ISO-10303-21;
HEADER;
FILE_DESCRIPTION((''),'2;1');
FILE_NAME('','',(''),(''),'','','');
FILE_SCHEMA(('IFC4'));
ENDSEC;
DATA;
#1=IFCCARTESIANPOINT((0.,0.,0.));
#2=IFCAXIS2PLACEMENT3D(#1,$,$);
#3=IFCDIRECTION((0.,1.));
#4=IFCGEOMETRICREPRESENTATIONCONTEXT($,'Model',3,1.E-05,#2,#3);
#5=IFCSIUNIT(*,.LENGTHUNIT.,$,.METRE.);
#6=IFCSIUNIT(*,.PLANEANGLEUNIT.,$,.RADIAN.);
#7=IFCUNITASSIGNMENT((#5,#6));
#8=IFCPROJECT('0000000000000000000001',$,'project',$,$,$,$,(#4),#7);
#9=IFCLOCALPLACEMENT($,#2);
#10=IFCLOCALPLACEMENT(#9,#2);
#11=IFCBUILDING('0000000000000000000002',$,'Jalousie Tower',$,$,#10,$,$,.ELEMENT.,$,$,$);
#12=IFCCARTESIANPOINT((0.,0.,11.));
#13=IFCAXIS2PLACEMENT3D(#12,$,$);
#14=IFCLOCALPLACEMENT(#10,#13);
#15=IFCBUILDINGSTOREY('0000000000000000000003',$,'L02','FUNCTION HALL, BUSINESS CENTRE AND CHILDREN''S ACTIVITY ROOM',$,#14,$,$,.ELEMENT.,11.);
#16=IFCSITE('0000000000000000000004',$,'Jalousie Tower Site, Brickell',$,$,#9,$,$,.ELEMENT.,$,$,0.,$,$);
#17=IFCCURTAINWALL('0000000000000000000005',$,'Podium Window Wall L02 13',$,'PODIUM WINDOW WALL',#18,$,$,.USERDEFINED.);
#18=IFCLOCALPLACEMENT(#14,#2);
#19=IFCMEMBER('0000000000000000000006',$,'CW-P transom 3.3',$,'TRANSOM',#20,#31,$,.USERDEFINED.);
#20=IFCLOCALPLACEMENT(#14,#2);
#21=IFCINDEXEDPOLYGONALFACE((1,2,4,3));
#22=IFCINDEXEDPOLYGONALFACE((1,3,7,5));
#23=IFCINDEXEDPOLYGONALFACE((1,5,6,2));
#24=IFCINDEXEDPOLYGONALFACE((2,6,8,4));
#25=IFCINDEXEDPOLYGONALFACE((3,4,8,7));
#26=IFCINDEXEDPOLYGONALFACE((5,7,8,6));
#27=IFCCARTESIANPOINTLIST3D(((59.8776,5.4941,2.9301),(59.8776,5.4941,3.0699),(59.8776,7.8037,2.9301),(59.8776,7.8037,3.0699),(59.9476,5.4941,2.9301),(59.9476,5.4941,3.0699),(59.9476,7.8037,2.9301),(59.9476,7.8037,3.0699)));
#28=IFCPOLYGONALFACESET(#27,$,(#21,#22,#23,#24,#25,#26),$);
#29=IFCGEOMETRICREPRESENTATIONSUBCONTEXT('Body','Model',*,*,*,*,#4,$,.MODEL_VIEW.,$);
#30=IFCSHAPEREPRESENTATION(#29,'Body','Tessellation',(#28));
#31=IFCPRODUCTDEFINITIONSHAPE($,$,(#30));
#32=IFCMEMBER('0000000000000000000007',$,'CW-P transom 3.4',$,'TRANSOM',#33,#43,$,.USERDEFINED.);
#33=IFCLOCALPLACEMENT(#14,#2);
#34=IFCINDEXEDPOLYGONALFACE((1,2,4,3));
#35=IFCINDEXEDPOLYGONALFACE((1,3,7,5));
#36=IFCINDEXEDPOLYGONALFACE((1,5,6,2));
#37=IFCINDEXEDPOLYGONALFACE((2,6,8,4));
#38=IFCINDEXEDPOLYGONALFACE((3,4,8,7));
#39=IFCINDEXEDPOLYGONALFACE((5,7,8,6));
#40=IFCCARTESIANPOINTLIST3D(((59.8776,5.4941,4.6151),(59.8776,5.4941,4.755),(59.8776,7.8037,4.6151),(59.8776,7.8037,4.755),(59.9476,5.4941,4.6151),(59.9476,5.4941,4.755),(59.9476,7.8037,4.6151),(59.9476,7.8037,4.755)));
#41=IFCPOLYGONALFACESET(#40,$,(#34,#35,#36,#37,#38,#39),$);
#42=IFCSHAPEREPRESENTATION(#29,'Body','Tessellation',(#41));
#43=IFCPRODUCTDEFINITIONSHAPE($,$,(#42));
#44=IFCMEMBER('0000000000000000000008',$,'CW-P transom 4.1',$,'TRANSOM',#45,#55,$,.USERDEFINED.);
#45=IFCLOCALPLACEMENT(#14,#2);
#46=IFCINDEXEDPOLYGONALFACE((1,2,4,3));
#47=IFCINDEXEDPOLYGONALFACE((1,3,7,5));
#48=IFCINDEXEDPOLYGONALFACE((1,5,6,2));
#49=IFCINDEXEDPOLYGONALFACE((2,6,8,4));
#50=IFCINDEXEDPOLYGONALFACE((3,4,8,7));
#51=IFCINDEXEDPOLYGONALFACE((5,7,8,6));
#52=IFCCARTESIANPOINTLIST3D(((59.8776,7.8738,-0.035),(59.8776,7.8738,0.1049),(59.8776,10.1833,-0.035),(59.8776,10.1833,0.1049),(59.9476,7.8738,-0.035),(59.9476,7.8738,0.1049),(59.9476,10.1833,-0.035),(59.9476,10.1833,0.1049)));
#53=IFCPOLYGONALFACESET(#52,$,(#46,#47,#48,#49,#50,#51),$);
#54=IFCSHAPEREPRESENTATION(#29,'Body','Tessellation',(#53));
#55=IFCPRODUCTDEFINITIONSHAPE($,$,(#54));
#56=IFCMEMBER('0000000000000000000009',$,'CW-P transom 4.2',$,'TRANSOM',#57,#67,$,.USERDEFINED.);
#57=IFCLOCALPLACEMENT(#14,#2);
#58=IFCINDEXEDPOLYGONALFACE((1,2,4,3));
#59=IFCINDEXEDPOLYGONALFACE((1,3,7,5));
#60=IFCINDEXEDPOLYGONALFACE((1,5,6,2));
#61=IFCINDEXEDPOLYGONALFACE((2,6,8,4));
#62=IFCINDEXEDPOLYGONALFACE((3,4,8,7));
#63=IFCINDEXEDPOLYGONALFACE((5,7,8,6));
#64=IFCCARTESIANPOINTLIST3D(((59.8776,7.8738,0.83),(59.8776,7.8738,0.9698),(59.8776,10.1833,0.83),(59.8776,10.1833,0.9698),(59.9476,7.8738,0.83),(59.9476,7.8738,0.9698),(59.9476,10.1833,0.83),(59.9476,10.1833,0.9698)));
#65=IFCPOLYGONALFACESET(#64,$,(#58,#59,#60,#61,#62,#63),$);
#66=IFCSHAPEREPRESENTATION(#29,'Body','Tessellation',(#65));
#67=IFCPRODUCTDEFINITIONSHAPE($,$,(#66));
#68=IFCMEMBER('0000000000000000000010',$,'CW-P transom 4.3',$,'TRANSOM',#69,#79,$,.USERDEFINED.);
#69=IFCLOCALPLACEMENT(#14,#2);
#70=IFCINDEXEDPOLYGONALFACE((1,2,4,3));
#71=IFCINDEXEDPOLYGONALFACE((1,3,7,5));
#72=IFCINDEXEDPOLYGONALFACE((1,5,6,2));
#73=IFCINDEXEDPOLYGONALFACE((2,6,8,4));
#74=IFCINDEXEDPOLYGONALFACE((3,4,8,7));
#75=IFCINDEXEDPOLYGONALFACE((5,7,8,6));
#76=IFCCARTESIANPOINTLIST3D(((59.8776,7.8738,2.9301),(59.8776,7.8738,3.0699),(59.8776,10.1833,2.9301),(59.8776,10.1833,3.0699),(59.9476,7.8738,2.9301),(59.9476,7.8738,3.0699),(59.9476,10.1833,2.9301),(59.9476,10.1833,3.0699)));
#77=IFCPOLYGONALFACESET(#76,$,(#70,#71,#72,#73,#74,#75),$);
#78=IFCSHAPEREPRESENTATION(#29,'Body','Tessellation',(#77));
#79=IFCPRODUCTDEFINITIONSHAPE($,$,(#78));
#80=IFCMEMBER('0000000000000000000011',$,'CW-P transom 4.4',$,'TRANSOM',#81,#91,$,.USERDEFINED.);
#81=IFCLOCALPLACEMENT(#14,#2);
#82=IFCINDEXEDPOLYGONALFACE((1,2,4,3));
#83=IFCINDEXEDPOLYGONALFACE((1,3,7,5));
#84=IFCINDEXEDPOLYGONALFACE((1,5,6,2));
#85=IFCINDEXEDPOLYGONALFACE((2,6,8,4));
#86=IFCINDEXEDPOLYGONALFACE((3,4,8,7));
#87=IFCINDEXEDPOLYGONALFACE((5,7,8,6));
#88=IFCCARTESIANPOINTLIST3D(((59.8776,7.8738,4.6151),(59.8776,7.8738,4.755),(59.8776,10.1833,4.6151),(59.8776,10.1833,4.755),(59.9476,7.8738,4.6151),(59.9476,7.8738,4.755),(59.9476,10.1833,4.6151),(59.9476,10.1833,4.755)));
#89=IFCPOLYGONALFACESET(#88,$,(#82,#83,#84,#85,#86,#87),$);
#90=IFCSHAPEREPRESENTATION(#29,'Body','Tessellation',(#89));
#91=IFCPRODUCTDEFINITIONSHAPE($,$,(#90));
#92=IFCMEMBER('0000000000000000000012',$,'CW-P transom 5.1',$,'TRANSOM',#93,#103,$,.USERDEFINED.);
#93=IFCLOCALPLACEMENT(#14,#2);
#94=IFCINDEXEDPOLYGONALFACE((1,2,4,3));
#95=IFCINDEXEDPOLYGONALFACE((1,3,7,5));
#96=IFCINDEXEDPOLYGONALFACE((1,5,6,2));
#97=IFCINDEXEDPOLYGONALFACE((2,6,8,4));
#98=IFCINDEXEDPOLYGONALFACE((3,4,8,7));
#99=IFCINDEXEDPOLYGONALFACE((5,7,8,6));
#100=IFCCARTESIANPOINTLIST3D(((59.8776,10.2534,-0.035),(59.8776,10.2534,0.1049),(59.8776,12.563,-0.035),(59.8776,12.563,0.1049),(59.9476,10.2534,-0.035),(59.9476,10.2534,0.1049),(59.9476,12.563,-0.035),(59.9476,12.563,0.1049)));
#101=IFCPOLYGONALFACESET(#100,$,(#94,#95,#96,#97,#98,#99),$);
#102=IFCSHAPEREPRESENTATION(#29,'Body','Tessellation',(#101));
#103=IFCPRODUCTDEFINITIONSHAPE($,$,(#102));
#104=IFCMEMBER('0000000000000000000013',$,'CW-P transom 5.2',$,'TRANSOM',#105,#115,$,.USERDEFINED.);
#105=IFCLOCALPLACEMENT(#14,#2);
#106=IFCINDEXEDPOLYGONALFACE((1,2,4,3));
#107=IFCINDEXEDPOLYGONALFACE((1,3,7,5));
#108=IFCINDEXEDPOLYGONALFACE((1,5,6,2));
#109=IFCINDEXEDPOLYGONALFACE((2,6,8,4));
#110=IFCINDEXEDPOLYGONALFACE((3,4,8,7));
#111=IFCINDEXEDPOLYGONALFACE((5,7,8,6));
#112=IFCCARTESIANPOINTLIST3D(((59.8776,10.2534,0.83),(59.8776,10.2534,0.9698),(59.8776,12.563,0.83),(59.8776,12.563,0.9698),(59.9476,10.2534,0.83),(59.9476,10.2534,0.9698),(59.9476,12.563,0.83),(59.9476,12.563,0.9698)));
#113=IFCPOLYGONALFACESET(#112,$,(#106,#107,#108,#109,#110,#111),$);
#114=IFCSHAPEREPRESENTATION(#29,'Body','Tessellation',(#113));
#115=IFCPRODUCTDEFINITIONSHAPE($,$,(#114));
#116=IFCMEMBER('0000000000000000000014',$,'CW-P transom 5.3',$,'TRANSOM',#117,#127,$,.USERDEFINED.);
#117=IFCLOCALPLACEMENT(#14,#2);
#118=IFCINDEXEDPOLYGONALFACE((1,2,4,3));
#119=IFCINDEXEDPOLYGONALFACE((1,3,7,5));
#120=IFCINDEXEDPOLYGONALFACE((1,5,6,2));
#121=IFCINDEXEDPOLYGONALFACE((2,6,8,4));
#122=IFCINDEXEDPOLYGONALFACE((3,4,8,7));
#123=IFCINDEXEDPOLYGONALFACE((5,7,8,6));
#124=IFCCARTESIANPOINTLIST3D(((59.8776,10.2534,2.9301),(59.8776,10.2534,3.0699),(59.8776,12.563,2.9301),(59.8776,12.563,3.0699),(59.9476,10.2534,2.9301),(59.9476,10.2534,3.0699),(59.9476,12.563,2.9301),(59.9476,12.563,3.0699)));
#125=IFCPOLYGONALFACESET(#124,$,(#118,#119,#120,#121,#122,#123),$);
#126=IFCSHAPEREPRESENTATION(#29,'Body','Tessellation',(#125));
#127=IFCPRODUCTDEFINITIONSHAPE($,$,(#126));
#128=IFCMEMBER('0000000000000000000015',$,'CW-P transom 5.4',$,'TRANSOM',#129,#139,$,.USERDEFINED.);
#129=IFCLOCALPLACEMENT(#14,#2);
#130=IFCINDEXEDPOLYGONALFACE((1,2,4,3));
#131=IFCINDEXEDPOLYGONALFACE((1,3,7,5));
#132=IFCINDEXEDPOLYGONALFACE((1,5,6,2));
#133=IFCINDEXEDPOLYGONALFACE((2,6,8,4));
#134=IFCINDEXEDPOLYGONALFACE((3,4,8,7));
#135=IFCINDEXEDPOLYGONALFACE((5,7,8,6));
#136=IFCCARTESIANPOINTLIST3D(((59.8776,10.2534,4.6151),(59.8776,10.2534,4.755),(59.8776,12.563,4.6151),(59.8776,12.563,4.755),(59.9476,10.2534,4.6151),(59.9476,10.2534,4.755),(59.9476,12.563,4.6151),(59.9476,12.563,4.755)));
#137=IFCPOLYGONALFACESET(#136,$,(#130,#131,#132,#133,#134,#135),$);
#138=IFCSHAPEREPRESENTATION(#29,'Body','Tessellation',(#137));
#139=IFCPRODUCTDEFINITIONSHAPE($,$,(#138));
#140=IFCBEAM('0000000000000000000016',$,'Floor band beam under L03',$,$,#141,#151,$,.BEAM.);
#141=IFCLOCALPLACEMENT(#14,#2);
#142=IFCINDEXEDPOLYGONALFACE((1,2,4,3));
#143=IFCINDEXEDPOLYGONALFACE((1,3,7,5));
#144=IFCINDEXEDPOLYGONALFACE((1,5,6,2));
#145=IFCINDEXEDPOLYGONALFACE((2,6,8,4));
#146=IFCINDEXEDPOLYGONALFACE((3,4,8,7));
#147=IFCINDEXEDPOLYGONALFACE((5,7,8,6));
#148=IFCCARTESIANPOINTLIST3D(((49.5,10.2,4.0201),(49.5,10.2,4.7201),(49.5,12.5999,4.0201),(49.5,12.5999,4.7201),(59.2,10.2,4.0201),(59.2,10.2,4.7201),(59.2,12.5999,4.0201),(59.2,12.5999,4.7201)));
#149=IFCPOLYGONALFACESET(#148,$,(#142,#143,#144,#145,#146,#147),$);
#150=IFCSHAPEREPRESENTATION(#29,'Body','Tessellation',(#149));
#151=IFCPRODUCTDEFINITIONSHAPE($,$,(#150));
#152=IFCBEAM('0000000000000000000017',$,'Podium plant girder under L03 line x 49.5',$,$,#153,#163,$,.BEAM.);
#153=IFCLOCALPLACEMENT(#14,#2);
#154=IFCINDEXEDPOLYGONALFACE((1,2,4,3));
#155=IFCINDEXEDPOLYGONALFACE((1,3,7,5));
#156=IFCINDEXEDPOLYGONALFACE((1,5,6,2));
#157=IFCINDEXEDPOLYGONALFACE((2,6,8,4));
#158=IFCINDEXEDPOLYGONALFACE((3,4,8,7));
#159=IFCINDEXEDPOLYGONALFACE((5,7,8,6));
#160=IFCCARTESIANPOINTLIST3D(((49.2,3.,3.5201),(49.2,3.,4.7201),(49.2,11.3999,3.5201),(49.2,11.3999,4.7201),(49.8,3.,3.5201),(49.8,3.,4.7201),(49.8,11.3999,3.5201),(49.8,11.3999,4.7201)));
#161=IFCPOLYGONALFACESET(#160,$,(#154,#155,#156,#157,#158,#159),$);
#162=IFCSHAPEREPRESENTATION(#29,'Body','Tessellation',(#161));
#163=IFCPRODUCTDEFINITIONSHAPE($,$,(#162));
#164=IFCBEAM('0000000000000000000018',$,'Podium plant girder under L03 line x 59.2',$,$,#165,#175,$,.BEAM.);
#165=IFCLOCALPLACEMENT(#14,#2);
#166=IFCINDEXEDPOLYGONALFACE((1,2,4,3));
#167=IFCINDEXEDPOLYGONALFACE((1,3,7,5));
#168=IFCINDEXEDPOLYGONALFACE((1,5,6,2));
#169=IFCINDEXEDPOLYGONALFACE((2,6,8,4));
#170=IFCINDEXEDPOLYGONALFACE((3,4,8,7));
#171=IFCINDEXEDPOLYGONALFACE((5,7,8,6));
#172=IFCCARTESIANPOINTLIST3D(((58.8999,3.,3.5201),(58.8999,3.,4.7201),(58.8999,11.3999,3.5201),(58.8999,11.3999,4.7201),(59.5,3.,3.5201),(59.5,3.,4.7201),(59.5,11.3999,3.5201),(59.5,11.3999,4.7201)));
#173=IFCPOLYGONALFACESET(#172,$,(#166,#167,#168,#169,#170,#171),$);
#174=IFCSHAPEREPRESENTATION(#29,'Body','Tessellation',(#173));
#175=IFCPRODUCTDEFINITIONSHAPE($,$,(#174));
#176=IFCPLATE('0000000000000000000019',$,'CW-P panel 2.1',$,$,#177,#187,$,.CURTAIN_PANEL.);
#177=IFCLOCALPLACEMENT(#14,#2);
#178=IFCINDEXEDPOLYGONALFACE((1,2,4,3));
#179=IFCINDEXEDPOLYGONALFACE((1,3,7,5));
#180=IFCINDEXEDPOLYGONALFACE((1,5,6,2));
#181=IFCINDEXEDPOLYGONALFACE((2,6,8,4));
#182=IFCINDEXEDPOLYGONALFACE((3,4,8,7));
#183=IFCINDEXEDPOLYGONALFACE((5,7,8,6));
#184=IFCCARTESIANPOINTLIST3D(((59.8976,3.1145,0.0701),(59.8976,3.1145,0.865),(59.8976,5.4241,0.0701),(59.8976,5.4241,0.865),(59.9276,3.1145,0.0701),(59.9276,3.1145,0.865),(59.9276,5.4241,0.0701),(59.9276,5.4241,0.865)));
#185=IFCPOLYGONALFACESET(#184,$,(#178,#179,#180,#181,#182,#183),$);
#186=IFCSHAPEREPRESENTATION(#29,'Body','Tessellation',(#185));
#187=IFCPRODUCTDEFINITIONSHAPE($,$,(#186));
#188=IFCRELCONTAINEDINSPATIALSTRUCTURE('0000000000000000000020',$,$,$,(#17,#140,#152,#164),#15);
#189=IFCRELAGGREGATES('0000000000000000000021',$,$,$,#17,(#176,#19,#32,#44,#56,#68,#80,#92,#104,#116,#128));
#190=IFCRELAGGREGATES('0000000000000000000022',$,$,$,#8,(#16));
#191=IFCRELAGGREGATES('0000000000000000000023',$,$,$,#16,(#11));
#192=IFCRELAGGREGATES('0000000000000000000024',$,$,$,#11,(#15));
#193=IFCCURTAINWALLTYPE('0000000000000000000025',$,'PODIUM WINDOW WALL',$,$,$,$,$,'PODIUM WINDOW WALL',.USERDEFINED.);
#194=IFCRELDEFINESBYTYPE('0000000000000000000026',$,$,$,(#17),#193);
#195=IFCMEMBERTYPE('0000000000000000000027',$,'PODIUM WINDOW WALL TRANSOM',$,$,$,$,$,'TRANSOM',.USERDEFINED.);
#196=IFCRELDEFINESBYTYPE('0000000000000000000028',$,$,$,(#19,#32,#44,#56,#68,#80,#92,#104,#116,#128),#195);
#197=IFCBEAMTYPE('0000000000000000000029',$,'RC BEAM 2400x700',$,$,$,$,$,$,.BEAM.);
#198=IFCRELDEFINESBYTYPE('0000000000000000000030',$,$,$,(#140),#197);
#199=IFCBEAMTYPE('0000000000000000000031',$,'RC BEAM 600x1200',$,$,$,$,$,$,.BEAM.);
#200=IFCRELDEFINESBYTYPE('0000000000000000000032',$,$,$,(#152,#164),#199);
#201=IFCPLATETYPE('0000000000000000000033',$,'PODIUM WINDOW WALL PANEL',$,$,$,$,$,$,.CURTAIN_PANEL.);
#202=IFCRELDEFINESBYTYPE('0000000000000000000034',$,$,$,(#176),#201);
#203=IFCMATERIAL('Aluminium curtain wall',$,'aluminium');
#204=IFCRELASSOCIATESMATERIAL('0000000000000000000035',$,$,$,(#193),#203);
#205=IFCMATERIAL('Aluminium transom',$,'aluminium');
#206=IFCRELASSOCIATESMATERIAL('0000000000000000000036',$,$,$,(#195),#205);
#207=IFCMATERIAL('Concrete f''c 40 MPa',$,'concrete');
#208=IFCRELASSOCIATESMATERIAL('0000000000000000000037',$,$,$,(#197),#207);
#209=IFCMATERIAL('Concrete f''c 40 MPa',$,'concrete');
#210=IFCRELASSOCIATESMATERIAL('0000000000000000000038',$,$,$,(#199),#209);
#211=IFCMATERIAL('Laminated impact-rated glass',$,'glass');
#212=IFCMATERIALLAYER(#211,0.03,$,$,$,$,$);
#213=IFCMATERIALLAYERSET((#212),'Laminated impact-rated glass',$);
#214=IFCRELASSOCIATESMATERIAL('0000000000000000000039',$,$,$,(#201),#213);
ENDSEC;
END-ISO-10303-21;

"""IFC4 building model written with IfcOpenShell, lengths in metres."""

from ifc_helpers import new_model, si_unit, direction, frame, origin, origin_2d, place, context, subcontext, project, spatial, rectangle, extrude, material, layer, layer_set, material_profile, profile_set, type_object, element, aggregate, save


model = new_model("IFC4")

# Units and contexts
model_context = context("Model", 3, precision=1e-05, world=origin(), true_north=direction((0.0, 1.0)))
body_context = subcontext(model_context, "Body", "Model", "MODEL_VIEW")
ifc_project = project(units=[si_unit("LENGTHUNIT", "METRE"), si_unit("PLANEANGLEUNIT", "RADIAN")], contexts=[model_context])

# Site, building, storey
site_placement = place(None, origin())
site = spatial("IfcSite", under=ifc_project, at=site_placement, Name="Jalousie Tower Site, Brickell", CompositionType="ELEMENT", RefElevation=0.0)
building_placement = place(site_placement, origin())
building = spatial("IfcBuilding", under=site, at=building_placement, Name="Jalousie Tower", CompositionType="ELEMENT")
storey_placement = place(building_placement, frame((0.0, 0.0, 11.0)))
storey = spatial("IfcBuildingStorey", under=building, at=storey_placement, Name="L02", Description="FUNCTION HALL, BUSINESS CENTRE AND CHILDREN'S ACTIVITY ROOM", CompositionType="ELEMENT", Elevation=11.0)

# Curtain wall, members
ifc_material_1 = material(Name="Aluminium curtain wall", Category="aluminium")
curtain_wall_type = type_object("IfcCurtainWallType", Name="PODIUM WINDOW WALL", ElementType="PODIUM WINDOW WALL", PredefinedType="USERDEFINED", material=ifc_material_1)
curtain_wall_placement = place(storey_placement, origin())
curtain_wall = element("IfcCurtainWall", 1, at=curtain_wall_placement, inside=storey, type_object=curtain_wall_type, Name="Podium Window Wall L02 13", ObjectType="PODIUM WINDOW WALL", PredefinedType="USERDEFINED")
ifc_material_2 = material(Name="Aluminium transom", Category="aluminium")
ifc_material_profile_1 = material_profile(ifc_material_2, rectangle(XDim=0.0701, YDim=0.1399, at=origin_2d()), Name="TRANSOM 70x140")
ifc_profile_set_1 = profile_set([ifc_material_profile_1], Name="Aluminium transom")
member_type_1 = type_object("IfcMemberType", Name="PODIUM WINDOW WALL TRANSOM", ElementType="TRANSOM", PredefinedType="USERDEFINED", material=ifc_profile_set_1)
member_1_placement = place(storey_placement, frame((59.9126, 5.4941, 3.0), z_axis=(0.0, 1.0, 0.0), x_axis=(-1.0, 0.0, 0.0)))
member_1 = element("IfcMember", 2, at=member_1_placement, type_object=member_type_1, Name="CW-P transom 3.3", ObjectType="TRANSOM", PredefinedType="USERDEFINED", context=body_context, shape_type="SweptSolid", body=[
    extrude(rectangle(XDim=0.0701, YDim=0.1399, at=origin_2d()), origin(), (0.0, 0.0, 1.0), 2.3096),
])
member_2_placement = place(storey_placement, frame((59.9126, 5.4941, 4.6851), z_axis=(0.0, 1.0, 0.0), x_axis=(-1.0, 0.0, 0.0)))
member_2 = element("IfcMember", 3, at=member_2_placement, type_object=member_type_1, Name="CW-P transom 3.4", ObjectType="TRANSOM", PredefinedType="USERDEFINED", context=body_context, shape_type="SweptSolid", body=[
    extrude(rectangle(XDim=0.0701, YDim=0.1399, at=origin_2d()), origin(), (0.0, 0.0, 1.0), 2.3096),
])
member_3_placement = place(storey_placement, frame((59.9126, 7.8738, 0.0349), z_axis=(0.0, 1.0, 0.0), x_axis=(-1.0, 0.0, 0.0)))
member_3 = element("IfcMember", 4, at=member_3_placement, type_object=member_type_1, Name="CW-P transom 4.1", ObjectType="TRANSOM", PredefinedType="USERDEFINED", context=body_context, shape_type="SweptSolid", body=[
    extrude(rectangle(XDim=0.0701, YDim=0.1399, at=origin_2d()), origin(), (0.0, 0.0, 1.0), 2.3096),
])
member_4_placement = place(storey_placement, frame((59.9126, 7.8738, 0.8999), z_axis=(0.0, 1.0, 0.0), x_axis=(-1.0, 0.0, 0.0)))
member_4 = element("IfcMember", 5, at=member_4_placement, type_object=member_type_1, Name="CW-P transom 4.2", ObjectType="TRANSOM", PredefinedType="USERDEFINED", context=body_context, shape_type="SweptSolid", body=[
    extrude(rectangle(XDim=0.0701, YDim=0.1399, at=origin_2d()), origin(), (0.0, 0.0, 1.0), 2.3096),
])
member_5_placement = place(storey_placement, frame((59.9126, 7.8738, 3.0), z_axis=(0.0, 1.0, 0.0), x_axis=(-1.0, 0.0, 0.0)))
member_5 = element("IfcMember", 6, at=member_5_placement, type_object=member_type_1, Name="CW-P transom 4.3", ObjectType="TRANSOM", PredefinedType="USERDEFINED", context=body_context, shape_type="SweptSolid", body=[
    extrude(rectangle(XDim=0.0701, YDim=0.1399, at=origin_2d()), origin(), (0.0, 0.0, 1.0), 2.3096),
])
member_6_placement = place(storey_placement, frame((59.9126, 7.8738, 4.6851), z_axis=(0.0, 1.0, 0.0), x_axis=(-1.0, 0.0, 0.0)))
member_6 = element("IfcMember", 7, at=member_6_placement, type_object=member_type_1, Name="CW-P transom 4.4", ObjectType="TRANSOM", PredefinedType="USERDEFINED", context=body_context, shape_type="SweptSolid", body=[
    extrude(rectangle(XDim=0.0701, YDim=0.1399, at=origin_2d()), origin(), (0.0, 0.0, 1.0), 2.3096),
])
member_7_placement = place(storey_placement, frame((59.9126, 10.2534, 0.0349), z_axis=(0.0, 1.0, 0.0), x_axis=(-1.0, 0.0, 0.0)))
member_7 = element("IfcMember", 8, at=member_7_placement, type_object=member_type_1, Name="CW-P transom 5.1", ObjectType="TRANSOM", PredefinedType="USERDEFINED", context=body_context, shape_type="SweptSolid", body=[
    extrude(rectangle(XDim=0.0701, YDim=0.1399, at=origin_2d()), origin(), (0.0, 0.0, 1.0), 2.3096),
])
member_8_placement = place(storey_placement, frame((59.9126, 10.2534, 0.8999), z_axis=(0.0, 1.0, 0.0), x_axis=(-1.0, 0.0, 0.0)))
member_8 = element("IfcMember", 9, at=member_8_placement, type_object=member_type_1, Name="CW-P transom 5.2", ObjectType="TRANSOM", PredefinedType="USERDEFINED", context=body_context, shape_type="SweptSolid", body=[
    extrude(rectangle(XDim=0.0701, YDim=0.1399, at=origin_2d()), origin(), (0.0, 0.0, 1.0), 2.3096),
])
member_9_placement = place(storey_placement, frame((59.9126, 10.2534, 3.0), z_axis=(0.0, 1.0, 0.0), x_axis=(-1.0, 0.0, 0.0)))
member_9 = element("IfcMember", 10, at=member_9_placement, type_object=member_type_1, Name="CW-P transom 5.3", ObjectType="TRANSOM", PredefinedType="USERDEFINED", context=body_context, shape_type="SweptSolid", body=[
    extrude(rectangle(XDim=0.0701, YDim=0.1399, at=origin_2d()), origin(), (0.0, 0.0, 1.0), 2.3096),
])
member_10_placement = place(storey_placement, frame((59.9126, 10.2534, 4.6851), z_axis=(0.0, 1.0, 0.0), x_axis=(-1.0, 0.0, 0.0)))
member_10 = element("IfcMember", 11, at=member_10_placement, type_object=member_type_1, Name="CW-P transom 5.4", ObjectType="TRANSOM", PredefinedType="USERDEFINED", context=body_context, shape_type="SweptSolid", body=[
    extrude(rectangle(XDim=0.0701, YDim=0.1399, at=origin_2d()), origin(), (0.0, 0.0, 1.0), 2.3096),
])

# Beams
ifc_material_3 = material(Name="Concrete f'c 40 MPa", Category="concrete")
ifc_material_profile_2 = material_profile(ifc_material_3, rectangle(XDim=2.3999, YDim=0.7, at=origin_2d()), Name="RC 2400x700")
ifc_profile_set_2 = profile_set([ifc_material_profile_2], Name="Concrete f'c 40 MPa")
beam_type_1 = type_object("IfcBeamType", Name="RC BEAM 2400x700", PredefinedType="BEAM", material=ifc_profile_set_2)
beam_1_placement = place(storey_placement, frame((49.5, 11.3999, 4.3701), z_axis=(1.0, 0.0, 0.0), x_axis=(0.0, 1.0, 0.0)))
element("IfcBeam", 12, at=beam_1_placement, inside=storey, type_object=beam_type_1, Name="Floor band beam under L03", PredefinedType="BEAM", context=body_context, shape_type="SweptSolid", body=[
    extrude(rectangle(XDim=2.3999, YDim=0.7, at=origin_2d()), origin(), (0.0, 0.0, 1.0), 9.7),
])
ifc_material_4 = material(Name="Concrete f'c 40 MPa", Category="concrete")
ifc_material_profile_3 = material_profile(ifc_material_4, rectangle(XDim=0.6001, YDim=1.2, at=origin_2d()), Name="RC 600x1200")
ifc_profile_set_3 = profile_set([ifc_material_profile_3], Name="Concrete f'c 40 MPa")
beam_type_2 = type_object("IfcBeamType", Name="RC BEAM 600x1200", PredefinedType="BEAM", material=ifc_profile_set_3)
for number, where, z_axis, x_axis, name in (
    (13, (49.5, 3.0, 4.1201), (0.0, 1.0, 0.0), (-1.0, 0.0, 0.0), "Podium plant girder under L03 line x 49.5"),
    (14, (59.2, 3.0, 4.1201), (0.0, 1.0, 0.0), (-1.0, 0.0, 0.0), "Podium plant girder under L03 line x 59.2"),
):
    element("IfcBeam", number, at=place(storey_placement, frame(where, z_axis=z_axis, x_axis=x_axis)), inside=storey, type_object=beam_type_2, Name=name, PredefinedType="BEAM", context=body_context, shape_type="SweptSolid", body=[
        extrude(rectangle(XDim=0.6001, YDim=1.2, at=origin_2d()), origin(), (0.0, 0.0, 1.0), 8.3999),
    ])

# Plate
ifc_material_5 = material(Name="Laminated impact-rated glass", Category="glass")
ifc_layer = layer(ifc_material_5, 0.03)
ifc_layer_set = layer_set([ifc_layer], Name="Laminated impact-rated glass")
plate_type = type_object("IfcPlateType", Name="PODIUM WINDOW WALL PANEL", PredefinedType="CURTAIN_PANEL", material=ifc_layer_set)
plate_1_placement = place(storey_placement, frame((59.9126, 4.2693, 0.0701), z_axis=(0.0, 0.0, 1.0), x_axis=(0.0, 1.0, 0.0)))
plate_1 = element("IfcPlate", 15, at=plate_1_placement, type_object=plate_type, Name="CW-P panel 2.1", PredefinedType="CURTAIN_PANEL", context=body_context, shape_type="SweptSolid", body=[
    extrude(rectangle(XDim=2.3096, YDim=0.03, at=origin_2d()), origin(), (0.0, 0.0, 1.0), 0.7949),
])
aggregate(curtain_wall, [plate_1, member_1, member_2, member_3, member_4, member_5, member_6, member_7, member_8, member_9, member_10])

save(model, "model.ifc")
